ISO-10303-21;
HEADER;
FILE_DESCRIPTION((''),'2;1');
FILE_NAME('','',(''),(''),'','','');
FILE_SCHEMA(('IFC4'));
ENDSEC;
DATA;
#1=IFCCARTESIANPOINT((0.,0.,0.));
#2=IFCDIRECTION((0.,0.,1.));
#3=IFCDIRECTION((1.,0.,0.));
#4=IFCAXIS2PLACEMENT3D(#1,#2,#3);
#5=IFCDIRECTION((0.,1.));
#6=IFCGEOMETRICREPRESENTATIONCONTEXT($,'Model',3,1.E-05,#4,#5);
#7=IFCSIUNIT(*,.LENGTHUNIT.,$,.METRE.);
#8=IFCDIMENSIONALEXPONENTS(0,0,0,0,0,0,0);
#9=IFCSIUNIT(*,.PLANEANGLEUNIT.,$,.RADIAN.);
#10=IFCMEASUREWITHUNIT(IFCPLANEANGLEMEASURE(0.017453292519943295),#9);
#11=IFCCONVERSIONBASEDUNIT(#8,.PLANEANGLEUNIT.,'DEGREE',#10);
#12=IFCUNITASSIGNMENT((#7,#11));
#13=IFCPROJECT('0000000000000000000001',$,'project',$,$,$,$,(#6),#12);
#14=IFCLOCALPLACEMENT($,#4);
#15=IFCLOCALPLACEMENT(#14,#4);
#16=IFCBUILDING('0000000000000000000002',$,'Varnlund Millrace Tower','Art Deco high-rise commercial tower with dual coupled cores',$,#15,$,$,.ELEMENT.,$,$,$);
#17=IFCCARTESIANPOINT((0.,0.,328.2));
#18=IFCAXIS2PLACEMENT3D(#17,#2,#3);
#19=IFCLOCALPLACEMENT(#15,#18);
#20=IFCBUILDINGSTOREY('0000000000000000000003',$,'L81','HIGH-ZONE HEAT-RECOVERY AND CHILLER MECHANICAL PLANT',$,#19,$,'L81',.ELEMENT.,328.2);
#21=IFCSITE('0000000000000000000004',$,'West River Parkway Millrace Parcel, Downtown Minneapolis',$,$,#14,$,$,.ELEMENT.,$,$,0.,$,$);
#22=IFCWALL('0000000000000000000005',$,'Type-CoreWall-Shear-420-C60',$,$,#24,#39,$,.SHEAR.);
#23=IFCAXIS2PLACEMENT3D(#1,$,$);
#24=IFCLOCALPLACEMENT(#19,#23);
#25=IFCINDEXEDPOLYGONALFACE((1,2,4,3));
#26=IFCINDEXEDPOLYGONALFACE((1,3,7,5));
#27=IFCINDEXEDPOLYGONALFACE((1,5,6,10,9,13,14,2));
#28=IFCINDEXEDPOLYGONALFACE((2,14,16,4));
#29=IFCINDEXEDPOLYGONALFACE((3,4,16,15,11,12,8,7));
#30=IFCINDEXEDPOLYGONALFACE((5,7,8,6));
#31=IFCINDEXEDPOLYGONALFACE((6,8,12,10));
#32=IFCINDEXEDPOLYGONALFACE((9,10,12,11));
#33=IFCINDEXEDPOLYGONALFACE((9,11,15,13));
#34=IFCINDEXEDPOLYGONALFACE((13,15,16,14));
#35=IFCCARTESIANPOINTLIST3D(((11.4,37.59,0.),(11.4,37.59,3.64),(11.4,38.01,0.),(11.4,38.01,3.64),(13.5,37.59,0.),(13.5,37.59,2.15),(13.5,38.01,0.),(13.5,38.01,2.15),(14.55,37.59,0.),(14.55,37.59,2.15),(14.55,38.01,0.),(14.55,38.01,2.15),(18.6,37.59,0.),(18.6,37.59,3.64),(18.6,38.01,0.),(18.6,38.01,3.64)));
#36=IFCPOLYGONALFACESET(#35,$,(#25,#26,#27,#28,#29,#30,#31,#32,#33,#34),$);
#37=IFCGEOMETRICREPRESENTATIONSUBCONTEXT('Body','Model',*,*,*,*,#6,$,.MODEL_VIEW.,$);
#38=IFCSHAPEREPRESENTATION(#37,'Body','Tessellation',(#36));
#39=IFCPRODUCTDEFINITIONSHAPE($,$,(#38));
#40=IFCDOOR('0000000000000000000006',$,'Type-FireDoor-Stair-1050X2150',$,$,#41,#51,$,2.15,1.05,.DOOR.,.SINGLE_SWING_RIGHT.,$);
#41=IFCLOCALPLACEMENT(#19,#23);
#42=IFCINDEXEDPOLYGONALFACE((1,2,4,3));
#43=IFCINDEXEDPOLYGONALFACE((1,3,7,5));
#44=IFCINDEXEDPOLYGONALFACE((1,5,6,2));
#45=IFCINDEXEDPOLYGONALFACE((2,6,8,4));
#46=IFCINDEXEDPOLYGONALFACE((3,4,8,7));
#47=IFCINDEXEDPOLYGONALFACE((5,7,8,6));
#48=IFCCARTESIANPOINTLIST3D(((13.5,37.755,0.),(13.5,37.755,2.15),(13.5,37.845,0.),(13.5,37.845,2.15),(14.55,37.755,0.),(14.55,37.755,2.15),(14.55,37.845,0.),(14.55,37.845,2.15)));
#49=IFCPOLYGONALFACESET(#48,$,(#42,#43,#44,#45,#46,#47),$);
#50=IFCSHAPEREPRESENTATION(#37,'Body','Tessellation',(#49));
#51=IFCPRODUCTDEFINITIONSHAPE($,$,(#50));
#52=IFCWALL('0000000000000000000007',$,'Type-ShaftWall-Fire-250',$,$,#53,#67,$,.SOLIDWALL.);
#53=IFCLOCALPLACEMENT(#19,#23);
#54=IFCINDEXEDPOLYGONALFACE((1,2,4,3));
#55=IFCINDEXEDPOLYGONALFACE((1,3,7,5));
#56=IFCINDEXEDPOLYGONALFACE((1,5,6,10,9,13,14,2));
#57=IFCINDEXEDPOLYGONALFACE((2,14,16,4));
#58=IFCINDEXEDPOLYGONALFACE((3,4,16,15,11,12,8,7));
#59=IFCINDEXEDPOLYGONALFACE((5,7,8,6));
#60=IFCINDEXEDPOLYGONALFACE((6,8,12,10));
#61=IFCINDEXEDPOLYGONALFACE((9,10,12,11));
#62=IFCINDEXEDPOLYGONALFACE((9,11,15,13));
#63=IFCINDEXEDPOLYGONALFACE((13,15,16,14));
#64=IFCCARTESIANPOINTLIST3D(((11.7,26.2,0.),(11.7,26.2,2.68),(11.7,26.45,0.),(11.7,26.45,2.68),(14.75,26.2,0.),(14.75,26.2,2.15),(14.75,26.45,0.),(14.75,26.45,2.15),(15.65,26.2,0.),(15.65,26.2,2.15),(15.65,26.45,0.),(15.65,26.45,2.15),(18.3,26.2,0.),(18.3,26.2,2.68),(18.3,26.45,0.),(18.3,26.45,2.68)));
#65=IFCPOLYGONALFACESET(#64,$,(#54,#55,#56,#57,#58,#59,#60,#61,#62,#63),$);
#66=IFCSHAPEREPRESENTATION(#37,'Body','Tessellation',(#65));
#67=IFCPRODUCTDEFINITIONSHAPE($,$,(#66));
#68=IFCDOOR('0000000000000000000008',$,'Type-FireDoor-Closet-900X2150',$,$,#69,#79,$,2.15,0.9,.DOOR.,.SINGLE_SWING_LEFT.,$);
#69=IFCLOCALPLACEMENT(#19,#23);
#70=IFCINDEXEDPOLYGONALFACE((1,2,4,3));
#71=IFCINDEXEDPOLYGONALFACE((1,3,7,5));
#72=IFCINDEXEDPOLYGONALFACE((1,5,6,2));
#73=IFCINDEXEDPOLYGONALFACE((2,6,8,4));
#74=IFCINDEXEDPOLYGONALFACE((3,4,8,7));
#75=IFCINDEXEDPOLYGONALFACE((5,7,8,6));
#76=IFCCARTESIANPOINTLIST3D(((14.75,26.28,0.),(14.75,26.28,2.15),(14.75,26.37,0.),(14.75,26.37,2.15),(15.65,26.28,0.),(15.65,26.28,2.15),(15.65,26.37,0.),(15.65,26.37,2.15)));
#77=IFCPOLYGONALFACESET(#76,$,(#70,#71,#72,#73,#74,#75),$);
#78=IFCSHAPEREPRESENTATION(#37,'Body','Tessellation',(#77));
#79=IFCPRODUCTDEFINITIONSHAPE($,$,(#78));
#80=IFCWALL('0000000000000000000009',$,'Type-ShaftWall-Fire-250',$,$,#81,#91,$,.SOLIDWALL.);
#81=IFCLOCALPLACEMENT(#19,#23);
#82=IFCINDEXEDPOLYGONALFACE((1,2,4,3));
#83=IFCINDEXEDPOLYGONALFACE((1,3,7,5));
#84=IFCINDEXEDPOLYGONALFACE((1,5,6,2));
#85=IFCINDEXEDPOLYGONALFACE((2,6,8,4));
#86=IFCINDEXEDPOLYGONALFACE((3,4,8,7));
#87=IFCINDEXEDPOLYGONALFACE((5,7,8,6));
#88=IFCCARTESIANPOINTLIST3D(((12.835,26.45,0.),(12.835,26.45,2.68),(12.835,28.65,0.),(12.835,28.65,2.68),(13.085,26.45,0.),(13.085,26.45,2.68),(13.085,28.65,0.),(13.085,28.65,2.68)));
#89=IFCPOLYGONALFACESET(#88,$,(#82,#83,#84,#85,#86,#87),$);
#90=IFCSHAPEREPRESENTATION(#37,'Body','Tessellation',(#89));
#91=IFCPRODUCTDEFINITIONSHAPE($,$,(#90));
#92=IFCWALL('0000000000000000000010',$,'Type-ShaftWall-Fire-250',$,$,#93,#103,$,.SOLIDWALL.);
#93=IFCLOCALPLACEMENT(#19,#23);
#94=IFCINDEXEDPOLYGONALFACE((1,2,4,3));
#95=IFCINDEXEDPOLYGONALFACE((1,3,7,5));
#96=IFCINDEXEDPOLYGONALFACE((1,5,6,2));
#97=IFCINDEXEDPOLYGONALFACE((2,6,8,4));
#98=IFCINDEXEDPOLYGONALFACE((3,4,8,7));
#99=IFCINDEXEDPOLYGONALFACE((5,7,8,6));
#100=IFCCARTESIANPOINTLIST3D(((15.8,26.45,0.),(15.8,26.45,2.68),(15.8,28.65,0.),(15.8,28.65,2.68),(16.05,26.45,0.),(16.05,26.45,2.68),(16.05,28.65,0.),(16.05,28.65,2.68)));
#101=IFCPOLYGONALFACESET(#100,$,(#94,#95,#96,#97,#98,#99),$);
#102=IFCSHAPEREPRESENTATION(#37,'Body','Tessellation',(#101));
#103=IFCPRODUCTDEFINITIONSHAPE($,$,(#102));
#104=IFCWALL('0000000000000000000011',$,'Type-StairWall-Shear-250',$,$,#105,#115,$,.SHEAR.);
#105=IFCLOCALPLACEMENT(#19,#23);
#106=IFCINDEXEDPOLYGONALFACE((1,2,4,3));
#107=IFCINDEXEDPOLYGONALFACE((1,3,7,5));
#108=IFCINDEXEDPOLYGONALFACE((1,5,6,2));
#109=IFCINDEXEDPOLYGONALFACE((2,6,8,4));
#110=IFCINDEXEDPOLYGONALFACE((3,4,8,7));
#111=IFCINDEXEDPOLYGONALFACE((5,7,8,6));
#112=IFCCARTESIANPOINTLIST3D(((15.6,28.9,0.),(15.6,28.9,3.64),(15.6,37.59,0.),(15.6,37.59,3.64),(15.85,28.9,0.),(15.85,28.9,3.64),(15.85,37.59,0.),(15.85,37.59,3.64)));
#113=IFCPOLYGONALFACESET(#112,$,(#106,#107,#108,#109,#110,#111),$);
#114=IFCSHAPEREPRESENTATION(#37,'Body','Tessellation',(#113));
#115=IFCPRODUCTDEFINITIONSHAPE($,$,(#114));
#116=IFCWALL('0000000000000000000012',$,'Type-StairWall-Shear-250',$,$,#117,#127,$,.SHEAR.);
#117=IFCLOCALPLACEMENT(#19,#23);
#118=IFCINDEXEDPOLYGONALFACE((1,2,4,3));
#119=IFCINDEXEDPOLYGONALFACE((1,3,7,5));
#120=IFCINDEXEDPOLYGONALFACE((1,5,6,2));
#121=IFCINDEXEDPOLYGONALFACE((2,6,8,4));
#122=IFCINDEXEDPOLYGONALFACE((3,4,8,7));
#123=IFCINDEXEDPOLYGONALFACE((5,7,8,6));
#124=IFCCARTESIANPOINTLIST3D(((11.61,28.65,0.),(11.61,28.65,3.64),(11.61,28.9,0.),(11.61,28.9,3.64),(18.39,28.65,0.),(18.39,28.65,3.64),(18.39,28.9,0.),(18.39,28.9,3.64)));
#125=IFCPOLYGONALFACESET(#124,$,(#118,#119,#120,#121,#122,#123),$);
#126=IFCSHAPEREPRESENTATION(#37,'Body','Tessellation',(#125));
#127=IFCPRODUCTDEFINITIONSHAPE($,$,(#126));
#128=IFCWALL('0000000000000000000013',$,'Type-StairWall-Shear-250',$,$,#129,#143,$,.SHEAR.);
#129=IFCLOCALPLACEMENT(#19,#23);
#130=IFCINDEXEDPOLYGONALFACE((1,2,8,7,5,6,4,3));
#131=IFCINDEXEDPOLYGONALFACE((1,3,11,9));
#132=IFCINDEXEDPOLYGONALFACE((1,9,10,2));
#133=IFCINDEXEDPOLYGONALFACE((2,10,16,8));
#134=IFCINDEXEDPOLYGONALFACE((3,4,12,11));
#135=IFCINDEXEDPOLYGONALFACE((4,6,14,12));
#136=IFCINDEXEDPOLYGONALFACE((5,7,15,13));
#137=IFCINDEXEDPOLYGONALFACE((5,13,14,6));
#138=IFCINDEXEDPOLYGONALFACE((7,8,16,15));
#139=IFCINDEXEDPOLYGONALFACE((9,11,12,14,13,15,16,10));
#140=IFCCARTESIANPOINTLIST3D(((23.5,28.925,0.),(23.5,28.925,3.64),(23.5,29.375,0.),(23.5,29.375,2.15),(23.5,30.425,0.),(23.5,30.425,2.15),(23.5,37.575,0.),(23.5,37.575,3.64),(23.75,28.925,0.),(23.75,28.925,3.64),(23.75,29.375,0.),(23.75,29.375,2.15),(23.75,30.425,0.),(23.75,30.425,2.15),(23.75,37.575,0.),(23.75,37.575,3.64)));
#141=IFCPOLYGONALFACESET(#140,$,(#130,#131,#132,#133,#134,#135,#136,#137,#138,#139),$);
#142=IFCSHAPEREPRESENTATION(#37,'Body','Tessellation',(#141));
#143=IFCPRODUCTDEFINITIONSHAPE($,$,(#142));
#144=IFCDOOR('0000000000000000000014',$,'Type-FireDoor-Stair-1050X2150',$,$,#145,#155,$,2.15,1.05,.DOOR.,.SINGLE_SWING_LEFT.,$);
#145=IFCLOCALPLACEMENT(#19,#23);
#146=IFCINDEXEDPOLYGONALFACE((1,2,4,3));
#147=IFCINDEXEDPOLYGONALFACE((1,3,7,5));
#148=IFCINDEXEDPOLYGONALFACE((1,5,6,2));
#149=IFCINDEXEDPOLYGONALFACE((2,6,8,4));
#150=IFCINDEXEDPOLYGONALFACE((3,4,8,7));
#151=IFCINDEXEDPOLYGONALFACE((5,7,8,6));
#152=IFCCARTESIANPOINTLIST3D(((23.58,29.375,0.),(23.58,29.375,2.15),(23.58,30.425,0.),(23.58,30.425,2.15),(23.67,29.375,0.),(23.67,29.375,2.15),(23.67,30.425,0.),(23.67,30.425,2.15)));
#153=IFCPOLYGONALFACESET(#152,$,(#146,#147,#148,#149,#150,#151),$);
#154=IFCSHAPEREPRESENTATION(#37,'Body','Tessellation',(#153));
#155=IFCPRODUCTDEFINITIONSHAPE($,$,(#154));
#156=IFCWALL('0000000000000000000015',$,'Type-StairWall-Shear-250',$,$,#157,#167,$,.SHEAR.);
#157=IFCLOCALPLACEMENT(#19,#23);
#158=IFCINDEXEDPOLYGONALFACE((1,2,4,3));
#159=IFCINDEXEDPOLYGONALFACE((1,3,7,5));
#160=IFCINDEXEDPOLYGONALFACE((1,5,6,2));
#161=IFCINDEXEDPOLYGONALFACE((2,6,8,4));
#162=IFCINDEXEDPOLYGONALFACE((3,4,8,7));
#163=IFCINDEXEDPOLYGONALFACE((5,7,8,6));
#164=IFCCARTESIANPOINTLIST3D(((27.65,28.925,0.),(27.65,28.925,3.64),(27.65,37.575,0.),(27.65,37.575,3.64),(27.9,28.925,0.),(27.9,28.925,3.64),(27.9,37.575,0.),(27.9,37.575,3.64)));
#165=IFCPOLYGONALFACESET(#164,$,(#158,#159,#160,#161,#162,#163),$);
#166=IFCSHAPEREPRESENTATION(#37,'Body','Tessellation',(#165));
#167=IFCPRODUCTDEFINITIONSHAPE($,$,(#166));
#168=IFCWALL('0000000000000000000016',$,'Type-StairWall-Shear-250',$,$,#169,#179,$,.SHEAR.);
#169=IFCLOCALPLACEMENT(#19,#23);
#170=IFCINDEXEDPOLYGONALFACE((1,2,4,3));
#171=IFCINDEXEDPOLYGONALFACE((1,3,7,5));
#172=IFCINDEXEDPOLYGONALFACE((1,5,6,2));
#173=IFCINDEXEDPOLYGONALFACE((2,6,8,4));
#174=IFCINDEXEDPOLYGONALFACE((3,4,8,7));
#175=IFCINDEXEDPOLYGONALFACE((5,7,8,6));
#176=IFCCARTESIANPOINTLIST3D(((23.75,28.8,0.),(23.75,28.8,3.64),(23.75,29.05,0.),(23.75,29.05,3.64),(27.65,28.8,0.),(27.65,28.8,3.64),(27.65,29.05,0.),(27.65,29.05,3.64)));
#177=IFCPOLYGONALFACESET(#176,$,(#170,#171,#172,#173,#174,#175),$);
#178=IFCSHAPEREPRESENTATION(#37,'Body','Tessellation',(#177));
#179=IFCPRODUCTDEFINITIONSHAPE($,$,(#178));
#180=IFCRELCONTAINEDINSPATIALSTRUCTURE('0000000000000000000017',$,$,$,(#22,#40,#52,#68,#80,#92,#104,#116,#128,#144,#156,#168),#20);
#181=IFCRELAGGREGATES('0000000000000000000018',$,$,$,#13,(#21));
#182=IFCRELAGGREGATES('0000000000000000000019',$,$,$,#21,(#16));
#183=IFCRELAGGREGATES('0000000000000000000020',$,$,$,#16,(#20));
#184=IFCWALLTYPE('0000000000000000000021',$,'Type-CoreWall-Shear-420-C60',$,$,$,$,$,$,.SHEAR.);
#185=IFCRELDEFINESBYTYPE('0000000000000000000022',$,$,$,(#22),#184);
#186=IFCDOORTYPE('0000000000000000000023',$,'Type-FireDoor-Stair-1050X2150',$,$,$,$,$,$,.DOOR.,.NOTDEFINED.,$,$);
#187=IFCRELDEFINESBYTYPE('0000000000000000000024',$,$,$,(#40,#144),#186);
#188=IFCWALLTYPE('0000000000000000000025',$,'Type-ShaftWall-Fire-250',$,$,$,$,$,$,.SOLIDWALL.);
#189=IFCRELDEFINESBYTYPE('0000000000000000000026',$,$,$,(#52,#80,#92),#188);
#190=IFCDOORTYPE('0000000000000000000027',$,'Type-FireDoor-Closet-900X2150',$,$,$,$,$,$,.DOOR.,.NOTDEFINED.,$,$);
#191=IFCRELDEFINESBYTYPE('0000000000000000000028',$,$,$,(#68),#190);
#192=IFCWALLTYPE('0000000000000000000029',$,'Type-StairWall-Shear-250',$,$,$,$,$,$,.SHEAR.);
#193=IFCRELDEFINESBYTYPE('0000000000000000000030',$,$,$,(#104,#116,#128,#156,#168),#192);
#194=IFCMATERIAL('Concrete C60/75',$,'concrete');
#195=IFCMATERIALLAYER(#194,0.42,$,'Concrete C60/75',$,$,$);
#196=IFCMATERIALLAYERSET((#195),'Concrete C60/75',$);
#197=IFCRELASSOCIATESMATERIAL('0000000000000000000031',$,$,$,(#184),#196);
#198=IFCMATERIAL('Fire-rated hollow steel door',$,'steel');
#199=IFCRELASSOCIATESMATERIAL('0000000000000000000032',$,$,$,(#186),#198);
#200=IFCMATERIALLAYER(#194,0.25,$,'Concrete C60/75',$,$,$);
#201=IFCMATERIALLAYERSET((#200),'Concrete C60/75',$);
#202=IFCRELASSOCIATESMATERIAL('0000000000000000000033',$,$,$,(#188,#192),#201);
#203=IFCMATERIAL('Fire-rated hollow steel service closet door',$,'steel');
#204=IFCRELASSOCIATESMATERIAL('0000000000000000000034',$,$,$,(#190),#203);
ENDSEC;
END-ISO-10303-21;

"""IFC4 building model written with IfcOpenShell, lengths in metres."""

from ifc_helpers import new_model, entity, si_unit, converted_unit, direction, frame, origin_with_axes, origin_2d_with_axis, place, context, subcontext, project, spatial, polyline, rectangle, outline, extrude, material, layer, layer_set, type_object, element, fill, save


model = new_model("IFC4")

# Units and contexts
model_context = context("Model", 3, precision=1e-05, world=origin_with_axes(), true_north=direction((0.0, 1.0)))
body_context = subcontext(model_context, "Body", "Model", "MODEL_VIEW")
ifc_project = project(units=[si_unit("LENGTHUNIT", "METRE"), converted_unit("PLANEANGLEUNIT", "DEGREE", entity("IfcPlaneAngleMeasure", 0.017453292519943295), si_unit("PLANEANGLEUNIT", "RADIAN"), dimensions=[0, 0, 0, 0, 0, 0, 0])], contexts=[model_context])

# Site, building, storey
site_placement = place(None, origin_with_axes())
site = spatial("IfcSite", under=ifc_project, at=site_placement, Name="West River Parkway Millrace Parcel, Downtown Minneapolis", CompositionType="ELEMENT", RefElevation=0.0)
building_placement = place(site_placement, origin_with_axes())
building = spatial("IfcBuilding", under=site, at=building_placement, Name="Varnlund Millrace Tower", Description="Art Deco high-rise commercial tower with dual coupled cores", CompositionType="ELEMENT")
storey_placement = place(building_placement, frame((0.0, 0.0, 328.2), z_axis=(0.0, 0.0, 1.0), x_axis=(1.0, 0.0, 0.0)))
storey = spatial("IfcBuildingStorey", under=building, at=storey_placement, Name="L81", Description="HIGH-ZONE HEAT-RECOVERY AND CHILLER MECHANICAL PLANT", LongName="L81", CompositionType="ELEMENT", Elevation=328.2)

# Walls, openings, doors
ifc_material_1 = material(Name="Concrete C60/75", Category="concrete")
ifc_layer_1 = layer(ifc_material_1, 0.42, Name="Concrete C60/75")
ifc_layer_set_1 = layer_set([ifc_layer_1], Name="Concrete C60/75")
wall_type_1 = type_object("IfcWallType", Name="Type-CoreWall-Shear-420-C60", PredefinedType="SHEAR", material=ifc_layer_set_1)
wall_1_placement = place(storey_placement, frame((11.4, 37.8, 0.0), z_axis=(0.0, 0.0, 1.0), x_axis=(1.0, 0.0, 0.0)))
wall_1 = element("IfcWall", 1, at=wall_1_placement, inside=storey, type_object=wall_type_1, Name="Type-CoreWall-Shear-420-C60", PredefinedType="SHEAR", context=body_context, shape_type="SweptSolid", body=[
    extrude(outline(polyline([(0.0, -0.21), (7.2, -0.21), (7.2, 0.21), (0.0, 0.21), (0.0, -0.21)])), origin_with_axes(), (0.0, 0.0, 1.0), 3.64),
])
opening_1_placement = place(wall_1_placement, frame((2.625, 0.0, 0.0), z_axis=(0.0, 0.0, 1.0), x_axis=(1.0, 0.0, 0.0)))
opening_1 = element("IfcOpeningElement", 2, at=opening_1_placement, cuts=wall_1, PredefinedType="OPENING", context=body_context, shape_type="SweptSolid", body=[
    extrude(rectangle(XDim=1.05, YDim=0.44, at=origin_2d_with_axis()), origin_with_axes(), (0.0, 0.0, 1.0), 2.15),
])
ifc_material_2 = material(Name="Fire-rated hollow steel door", Category="steel")
door_type_1 = type_object("IfcDoorType", Name="Type-FireDoor-Stair-1050X2150", OperationType="NOTDEFINED", PredefinedType="DOOR", material=ifc_material_2)
door_1_placement = place(wall_1_placement, frame((2.625, 0.0, 0.0), z_axis=(0.0, 0.0, 1.0), x_axis=(1.0, 0.0, 0.0)))
door_1 = element("IfcDoor", 3, at=door_1_placement, inside=storey, type_object=door_type_1, Name="Type-FireDoor-Stair-1050X2150", OperationType="SINGLE_SWING_RIGHT", OverallHeight=2.15, OverallWidth=1.05, PredefinedType="DOOR", context=body_context, shape_type="SweptSolid", body=[
    extrude(rectangle(XDim=1.05, YDim=0.09, at=origin_2d_with_axis()), origin_with_axes(), (0.0, 0.0, 1.0), 2.15),
])
fill(opening_1, door_1)
ifc_layer_2 = layer(ifc_material_1, 0.25, Name="Concrete C60/75")
ifc_layer_set_2 = layer_set([ifc_layer_2], Name="Concrete C60/75")
wall_type_2 = type_object("IfcWallType", Name="Type-ShaftWall-Fire-250", PredefinedType="SOLIDWALL", material=ifc_layer_set_2)
wall_2_placement = place(storey_placement, frame((11.7, 26.325, 0.0), z_axis=(0.0, 0.0, 1.0), x_axis=(1.0, 0.0, 0.0)))
wall_2 = element("IfcWall", 4, at=wall_2_placement, inside=storey, type_object=wall_type_2, Name="Type-ShaftWall-Fire-250", PredefinedType="SOLIDWALL", context=body_context, shape_type="SweptSolid", body=[
    extrude(outline(polyline([(0.0, -0.125), (6.6, -0.125), (6.6, 0.125), (0.0, 0.125), (0.0, -0.125)])), origin_with_axes(), (0.0, 0.0, 1.0), 2.68),
])
opening_2_placement = place(wall_2_placement, frame((3.5, 0.0, 0.0), z_axis=(0.0, 0.0, 1.0), x_axis=(1.0, 0.0, 0.0)))
opening_2 = element("IfcOpeningElement", 5, at=opening_2_placement, cuts=wall_2, PredefinedType="OPENING", context=body_context, shape_type="SweptSolid", body=[
    extrude(rectangle(XDim=0.9, YDim=0.27, at=origin_2d_with_axis()), origin_with_axes(), (0.0, 0.0, 1.0), 2.15),
])
ifc_material_3 = material(Name="Fire-rated hollow steel service closet door", Category="steel")
door_type_2 = type_object("IfcDoorType", Name="Type-FireDoor-Closet-900X2150", OperationType="NOTDEFINED", PredefinedType="DOOR", material=ifc_material_3)
door_2_placement = place(wall_2_placement, frame((3.5, 0.0, 0.0), z_axis=(0.0, 0.0, 1.0), x_axis=(1.0, 0.0, 0.0)))
door_2 = element("IfcDoor", 6, at=door_2_placement, inside=storey, type_object=door_type_2, Name="Type-FireDoor-Closet-900X2150", OperationType="SINGLE_SWING_LEFT", OverallHeight=2.15, OverallWidth=0.9, PredefinedType="DOOR", context=body_context, shape_type="SweptSolid", body=[
    extrude(rectangle(XDim=0.9, YDim=0.09, at=origin_2d_with_axis()), origin_with_axes(), (0.0, 0.0, 1.0), 2.15),
])
fill(opening_2, door_2)

# Walls
for number, where, z_axis, x_axis, name in (
    (7, (12.96, 26.45, 0.0), (0.0, 0.0, 1.0), (0.0, 1.0, 0.0), "Type-ShaftWall-Fire-250"),
    (8, (15.925, 26.45, 0.0), (0.0, 0.0, 1.0), (0.0, 1.0, 0.0), "Type-ShaftWall-Fire-250"),
):
    element("IfcWall", number, at=place(storey_placement, frame(where, z_axis=z_axis, x_axis=x_axis)), inside=storey, type_object=wall_type_2, Name=name, PredefinedType="SOLIDWALL", context=body_context, shape_type="SweptSolid", body=[
        extrude(outline(polyline([(0.0, -0.125), (2.2, -0.125), (2.2, 0.125), (0.0, 0.125), (0.0, -0.125)])), origin_with_axes(), (0.0, 0.0, 1.0), 2.68),
    ])
wall_type_3 = type_object("IfcWallType", Name="Type-StairWall-Shear-250", PredefinedType="SHEAR", material=ifc_layer_set_2)
wall_3_placement = place(storey_placement, frame((15.725, 28.9, 0.0), z_axis=(0.0, 0.0, 1.0), x_axis=(0.0, 1.0, 0.0)))
element("IfcWall", 9, at=wall_3_placement, inside=storey, type_object=wall_type_3, Name="Type-StairWall-Shear-250", PredefinedType="SHEAR", context=body_context, shape_type="SweptSolid", body=[
    extrude(outline(polyline([(0.0, -0.125), (8.69, -0.125), (8.69, 0.125), (0.0, 0.125), (0.0, -0.125)])), origin_with_axes(), (0.0, 0.0, 1.0), 3.64),
])
wall_4_placement = place(storey_placement, frame((11.61, 28.775, 0.0), z_axis=(0.0, 0.0, 1.0), x_axis=(1.0, 0.0, 0.0)))
element("IfcWall", 10, at=wall_4_placement, inside=storey, type_object=wall_type_3, Name="Type-StairWall-Shear-250", PredefinedType="SHEAR", context=body_context, shape_type="SweptSolid", body=[
    extrude(outline(polyline([(0.0, -0.125), (6.78, -0.125), (6.78, 0.125), (0.0, 0.125), (0.0, -0.125)])), origin_with_axes(), (0.0, 0.0, 1.0), 3.64),
])

# Wall, opening, door
wall_5_placement = place(storey_placement, frame((23.625, 28.925, 0.0), z_axis=(0.0, 0.0, 1.0), x_axis=(0.0, 1.0, 0.0)))
wall_5 = element("IfcWall", 11, at=wall_5_placement, inside=storey, type_object=wall_type_3, Name="Type-StairWall-Shear-250", PredefinedType="SHEAR", context=body_context, shape_type="SweptSolid", body=[
    extrude(outline(polyline([(0.0, -0.125), (8.65, -0.125), (8.65, 0.125), (0.0, 0.125), (0.0, -0.125)])), origin_with_axes(), (0.0, 0.0, 1.0), 3.64),
])
opening_3_placement = place(wall_5_placement, frame((0.975, 0.0, 0.0), z_axis=(0.0, 0.0, 1.0), x_axis=(1.0, 0.0, 0.0)))
opening_3 = element("IfcOpeningElement", 12, at=opening_3_placement, cuts=wall_5, PredefinedType="OPENING", context=body_context, shape_type="SweptSolid", body=[
    extrude(rectangle(XDim=1.05, YDim=0.27, at=origin_2d_with_axis()), origin_with_axes(), (0.0, 0.0, 1.0), 2.15),
])
door_3_placement = place(wall_5_placement, frame((0.975, 0.0, 0.0), z_axis=(0.0, 0.0, 1.0), x_axis=(1.0, 0.0, 0.0)))
door_3 = element("IfcDoor", 13, at=door_3_placement, inside=storey, type_object=door_type_1, Name="Type-FireDoor-Stair-1050X2150", OperationType="SINGLE_SWING_LEFT", OverallHeight=2.15, OverallWidth=1.05, PredefinedType="DOOR", context=body_context, shape_type="SweptSolid", body=[
    extrude(rectangle(XDim=1.05, YDim=0.09, at=origin_2d_with_axis()), origin_with_axes(), (0.0, 0.0, 1.0), 2.15),
])
fill(opening_3, door_3)

# Walls
wall_6_placement = place(storey_placement, frame((27.775, 28.925, 0.0), z_axis=(0.0, 0.0, 1.0), x_axis=(0.0, 1.0, 0.0)))
element("IfcWall", 14, at=wall_6_placement, inside=storey, type_object=wall_type_3, Name="Type-StairWall-Shear-250", PredefinedType="SHEAR", context=body_context, shape_type="SweptSolid", body=[
    extrude(outline(polyline([(0.0, -0.125), (8.65, -0.125), (8.65, 0.125), (0.0, 0.125), (0.0, -0.125)])), origin_with_axes(), (0.0, 0.0, 1.0), 3.64),
])
wall_7_placement = place(storey_placement, frame((23.75, 28.925, 0.0), z_axis=(0.0, 0.0, 1.0), x_axis=(1.0, 0.0, 0.0)))
element("IfcWall", 15, at=wall_7_placement, inside=storey, type_object=wall_type_3, Name="Type-StairWall-Shear-250", PredefinedType="SHEAR", context=body_context, shape_type="SweptSolid", body=[
    extrude(outline(polyline([(0.0, -0.125), (3.9, -0.125), (3.9, 0.125), (0.0, 0.125), (0.0, -0.125)])), origin_with_axes(), (0.0, 0.0, 1.0), 3.64),
])

save(model, "model.ifc")
